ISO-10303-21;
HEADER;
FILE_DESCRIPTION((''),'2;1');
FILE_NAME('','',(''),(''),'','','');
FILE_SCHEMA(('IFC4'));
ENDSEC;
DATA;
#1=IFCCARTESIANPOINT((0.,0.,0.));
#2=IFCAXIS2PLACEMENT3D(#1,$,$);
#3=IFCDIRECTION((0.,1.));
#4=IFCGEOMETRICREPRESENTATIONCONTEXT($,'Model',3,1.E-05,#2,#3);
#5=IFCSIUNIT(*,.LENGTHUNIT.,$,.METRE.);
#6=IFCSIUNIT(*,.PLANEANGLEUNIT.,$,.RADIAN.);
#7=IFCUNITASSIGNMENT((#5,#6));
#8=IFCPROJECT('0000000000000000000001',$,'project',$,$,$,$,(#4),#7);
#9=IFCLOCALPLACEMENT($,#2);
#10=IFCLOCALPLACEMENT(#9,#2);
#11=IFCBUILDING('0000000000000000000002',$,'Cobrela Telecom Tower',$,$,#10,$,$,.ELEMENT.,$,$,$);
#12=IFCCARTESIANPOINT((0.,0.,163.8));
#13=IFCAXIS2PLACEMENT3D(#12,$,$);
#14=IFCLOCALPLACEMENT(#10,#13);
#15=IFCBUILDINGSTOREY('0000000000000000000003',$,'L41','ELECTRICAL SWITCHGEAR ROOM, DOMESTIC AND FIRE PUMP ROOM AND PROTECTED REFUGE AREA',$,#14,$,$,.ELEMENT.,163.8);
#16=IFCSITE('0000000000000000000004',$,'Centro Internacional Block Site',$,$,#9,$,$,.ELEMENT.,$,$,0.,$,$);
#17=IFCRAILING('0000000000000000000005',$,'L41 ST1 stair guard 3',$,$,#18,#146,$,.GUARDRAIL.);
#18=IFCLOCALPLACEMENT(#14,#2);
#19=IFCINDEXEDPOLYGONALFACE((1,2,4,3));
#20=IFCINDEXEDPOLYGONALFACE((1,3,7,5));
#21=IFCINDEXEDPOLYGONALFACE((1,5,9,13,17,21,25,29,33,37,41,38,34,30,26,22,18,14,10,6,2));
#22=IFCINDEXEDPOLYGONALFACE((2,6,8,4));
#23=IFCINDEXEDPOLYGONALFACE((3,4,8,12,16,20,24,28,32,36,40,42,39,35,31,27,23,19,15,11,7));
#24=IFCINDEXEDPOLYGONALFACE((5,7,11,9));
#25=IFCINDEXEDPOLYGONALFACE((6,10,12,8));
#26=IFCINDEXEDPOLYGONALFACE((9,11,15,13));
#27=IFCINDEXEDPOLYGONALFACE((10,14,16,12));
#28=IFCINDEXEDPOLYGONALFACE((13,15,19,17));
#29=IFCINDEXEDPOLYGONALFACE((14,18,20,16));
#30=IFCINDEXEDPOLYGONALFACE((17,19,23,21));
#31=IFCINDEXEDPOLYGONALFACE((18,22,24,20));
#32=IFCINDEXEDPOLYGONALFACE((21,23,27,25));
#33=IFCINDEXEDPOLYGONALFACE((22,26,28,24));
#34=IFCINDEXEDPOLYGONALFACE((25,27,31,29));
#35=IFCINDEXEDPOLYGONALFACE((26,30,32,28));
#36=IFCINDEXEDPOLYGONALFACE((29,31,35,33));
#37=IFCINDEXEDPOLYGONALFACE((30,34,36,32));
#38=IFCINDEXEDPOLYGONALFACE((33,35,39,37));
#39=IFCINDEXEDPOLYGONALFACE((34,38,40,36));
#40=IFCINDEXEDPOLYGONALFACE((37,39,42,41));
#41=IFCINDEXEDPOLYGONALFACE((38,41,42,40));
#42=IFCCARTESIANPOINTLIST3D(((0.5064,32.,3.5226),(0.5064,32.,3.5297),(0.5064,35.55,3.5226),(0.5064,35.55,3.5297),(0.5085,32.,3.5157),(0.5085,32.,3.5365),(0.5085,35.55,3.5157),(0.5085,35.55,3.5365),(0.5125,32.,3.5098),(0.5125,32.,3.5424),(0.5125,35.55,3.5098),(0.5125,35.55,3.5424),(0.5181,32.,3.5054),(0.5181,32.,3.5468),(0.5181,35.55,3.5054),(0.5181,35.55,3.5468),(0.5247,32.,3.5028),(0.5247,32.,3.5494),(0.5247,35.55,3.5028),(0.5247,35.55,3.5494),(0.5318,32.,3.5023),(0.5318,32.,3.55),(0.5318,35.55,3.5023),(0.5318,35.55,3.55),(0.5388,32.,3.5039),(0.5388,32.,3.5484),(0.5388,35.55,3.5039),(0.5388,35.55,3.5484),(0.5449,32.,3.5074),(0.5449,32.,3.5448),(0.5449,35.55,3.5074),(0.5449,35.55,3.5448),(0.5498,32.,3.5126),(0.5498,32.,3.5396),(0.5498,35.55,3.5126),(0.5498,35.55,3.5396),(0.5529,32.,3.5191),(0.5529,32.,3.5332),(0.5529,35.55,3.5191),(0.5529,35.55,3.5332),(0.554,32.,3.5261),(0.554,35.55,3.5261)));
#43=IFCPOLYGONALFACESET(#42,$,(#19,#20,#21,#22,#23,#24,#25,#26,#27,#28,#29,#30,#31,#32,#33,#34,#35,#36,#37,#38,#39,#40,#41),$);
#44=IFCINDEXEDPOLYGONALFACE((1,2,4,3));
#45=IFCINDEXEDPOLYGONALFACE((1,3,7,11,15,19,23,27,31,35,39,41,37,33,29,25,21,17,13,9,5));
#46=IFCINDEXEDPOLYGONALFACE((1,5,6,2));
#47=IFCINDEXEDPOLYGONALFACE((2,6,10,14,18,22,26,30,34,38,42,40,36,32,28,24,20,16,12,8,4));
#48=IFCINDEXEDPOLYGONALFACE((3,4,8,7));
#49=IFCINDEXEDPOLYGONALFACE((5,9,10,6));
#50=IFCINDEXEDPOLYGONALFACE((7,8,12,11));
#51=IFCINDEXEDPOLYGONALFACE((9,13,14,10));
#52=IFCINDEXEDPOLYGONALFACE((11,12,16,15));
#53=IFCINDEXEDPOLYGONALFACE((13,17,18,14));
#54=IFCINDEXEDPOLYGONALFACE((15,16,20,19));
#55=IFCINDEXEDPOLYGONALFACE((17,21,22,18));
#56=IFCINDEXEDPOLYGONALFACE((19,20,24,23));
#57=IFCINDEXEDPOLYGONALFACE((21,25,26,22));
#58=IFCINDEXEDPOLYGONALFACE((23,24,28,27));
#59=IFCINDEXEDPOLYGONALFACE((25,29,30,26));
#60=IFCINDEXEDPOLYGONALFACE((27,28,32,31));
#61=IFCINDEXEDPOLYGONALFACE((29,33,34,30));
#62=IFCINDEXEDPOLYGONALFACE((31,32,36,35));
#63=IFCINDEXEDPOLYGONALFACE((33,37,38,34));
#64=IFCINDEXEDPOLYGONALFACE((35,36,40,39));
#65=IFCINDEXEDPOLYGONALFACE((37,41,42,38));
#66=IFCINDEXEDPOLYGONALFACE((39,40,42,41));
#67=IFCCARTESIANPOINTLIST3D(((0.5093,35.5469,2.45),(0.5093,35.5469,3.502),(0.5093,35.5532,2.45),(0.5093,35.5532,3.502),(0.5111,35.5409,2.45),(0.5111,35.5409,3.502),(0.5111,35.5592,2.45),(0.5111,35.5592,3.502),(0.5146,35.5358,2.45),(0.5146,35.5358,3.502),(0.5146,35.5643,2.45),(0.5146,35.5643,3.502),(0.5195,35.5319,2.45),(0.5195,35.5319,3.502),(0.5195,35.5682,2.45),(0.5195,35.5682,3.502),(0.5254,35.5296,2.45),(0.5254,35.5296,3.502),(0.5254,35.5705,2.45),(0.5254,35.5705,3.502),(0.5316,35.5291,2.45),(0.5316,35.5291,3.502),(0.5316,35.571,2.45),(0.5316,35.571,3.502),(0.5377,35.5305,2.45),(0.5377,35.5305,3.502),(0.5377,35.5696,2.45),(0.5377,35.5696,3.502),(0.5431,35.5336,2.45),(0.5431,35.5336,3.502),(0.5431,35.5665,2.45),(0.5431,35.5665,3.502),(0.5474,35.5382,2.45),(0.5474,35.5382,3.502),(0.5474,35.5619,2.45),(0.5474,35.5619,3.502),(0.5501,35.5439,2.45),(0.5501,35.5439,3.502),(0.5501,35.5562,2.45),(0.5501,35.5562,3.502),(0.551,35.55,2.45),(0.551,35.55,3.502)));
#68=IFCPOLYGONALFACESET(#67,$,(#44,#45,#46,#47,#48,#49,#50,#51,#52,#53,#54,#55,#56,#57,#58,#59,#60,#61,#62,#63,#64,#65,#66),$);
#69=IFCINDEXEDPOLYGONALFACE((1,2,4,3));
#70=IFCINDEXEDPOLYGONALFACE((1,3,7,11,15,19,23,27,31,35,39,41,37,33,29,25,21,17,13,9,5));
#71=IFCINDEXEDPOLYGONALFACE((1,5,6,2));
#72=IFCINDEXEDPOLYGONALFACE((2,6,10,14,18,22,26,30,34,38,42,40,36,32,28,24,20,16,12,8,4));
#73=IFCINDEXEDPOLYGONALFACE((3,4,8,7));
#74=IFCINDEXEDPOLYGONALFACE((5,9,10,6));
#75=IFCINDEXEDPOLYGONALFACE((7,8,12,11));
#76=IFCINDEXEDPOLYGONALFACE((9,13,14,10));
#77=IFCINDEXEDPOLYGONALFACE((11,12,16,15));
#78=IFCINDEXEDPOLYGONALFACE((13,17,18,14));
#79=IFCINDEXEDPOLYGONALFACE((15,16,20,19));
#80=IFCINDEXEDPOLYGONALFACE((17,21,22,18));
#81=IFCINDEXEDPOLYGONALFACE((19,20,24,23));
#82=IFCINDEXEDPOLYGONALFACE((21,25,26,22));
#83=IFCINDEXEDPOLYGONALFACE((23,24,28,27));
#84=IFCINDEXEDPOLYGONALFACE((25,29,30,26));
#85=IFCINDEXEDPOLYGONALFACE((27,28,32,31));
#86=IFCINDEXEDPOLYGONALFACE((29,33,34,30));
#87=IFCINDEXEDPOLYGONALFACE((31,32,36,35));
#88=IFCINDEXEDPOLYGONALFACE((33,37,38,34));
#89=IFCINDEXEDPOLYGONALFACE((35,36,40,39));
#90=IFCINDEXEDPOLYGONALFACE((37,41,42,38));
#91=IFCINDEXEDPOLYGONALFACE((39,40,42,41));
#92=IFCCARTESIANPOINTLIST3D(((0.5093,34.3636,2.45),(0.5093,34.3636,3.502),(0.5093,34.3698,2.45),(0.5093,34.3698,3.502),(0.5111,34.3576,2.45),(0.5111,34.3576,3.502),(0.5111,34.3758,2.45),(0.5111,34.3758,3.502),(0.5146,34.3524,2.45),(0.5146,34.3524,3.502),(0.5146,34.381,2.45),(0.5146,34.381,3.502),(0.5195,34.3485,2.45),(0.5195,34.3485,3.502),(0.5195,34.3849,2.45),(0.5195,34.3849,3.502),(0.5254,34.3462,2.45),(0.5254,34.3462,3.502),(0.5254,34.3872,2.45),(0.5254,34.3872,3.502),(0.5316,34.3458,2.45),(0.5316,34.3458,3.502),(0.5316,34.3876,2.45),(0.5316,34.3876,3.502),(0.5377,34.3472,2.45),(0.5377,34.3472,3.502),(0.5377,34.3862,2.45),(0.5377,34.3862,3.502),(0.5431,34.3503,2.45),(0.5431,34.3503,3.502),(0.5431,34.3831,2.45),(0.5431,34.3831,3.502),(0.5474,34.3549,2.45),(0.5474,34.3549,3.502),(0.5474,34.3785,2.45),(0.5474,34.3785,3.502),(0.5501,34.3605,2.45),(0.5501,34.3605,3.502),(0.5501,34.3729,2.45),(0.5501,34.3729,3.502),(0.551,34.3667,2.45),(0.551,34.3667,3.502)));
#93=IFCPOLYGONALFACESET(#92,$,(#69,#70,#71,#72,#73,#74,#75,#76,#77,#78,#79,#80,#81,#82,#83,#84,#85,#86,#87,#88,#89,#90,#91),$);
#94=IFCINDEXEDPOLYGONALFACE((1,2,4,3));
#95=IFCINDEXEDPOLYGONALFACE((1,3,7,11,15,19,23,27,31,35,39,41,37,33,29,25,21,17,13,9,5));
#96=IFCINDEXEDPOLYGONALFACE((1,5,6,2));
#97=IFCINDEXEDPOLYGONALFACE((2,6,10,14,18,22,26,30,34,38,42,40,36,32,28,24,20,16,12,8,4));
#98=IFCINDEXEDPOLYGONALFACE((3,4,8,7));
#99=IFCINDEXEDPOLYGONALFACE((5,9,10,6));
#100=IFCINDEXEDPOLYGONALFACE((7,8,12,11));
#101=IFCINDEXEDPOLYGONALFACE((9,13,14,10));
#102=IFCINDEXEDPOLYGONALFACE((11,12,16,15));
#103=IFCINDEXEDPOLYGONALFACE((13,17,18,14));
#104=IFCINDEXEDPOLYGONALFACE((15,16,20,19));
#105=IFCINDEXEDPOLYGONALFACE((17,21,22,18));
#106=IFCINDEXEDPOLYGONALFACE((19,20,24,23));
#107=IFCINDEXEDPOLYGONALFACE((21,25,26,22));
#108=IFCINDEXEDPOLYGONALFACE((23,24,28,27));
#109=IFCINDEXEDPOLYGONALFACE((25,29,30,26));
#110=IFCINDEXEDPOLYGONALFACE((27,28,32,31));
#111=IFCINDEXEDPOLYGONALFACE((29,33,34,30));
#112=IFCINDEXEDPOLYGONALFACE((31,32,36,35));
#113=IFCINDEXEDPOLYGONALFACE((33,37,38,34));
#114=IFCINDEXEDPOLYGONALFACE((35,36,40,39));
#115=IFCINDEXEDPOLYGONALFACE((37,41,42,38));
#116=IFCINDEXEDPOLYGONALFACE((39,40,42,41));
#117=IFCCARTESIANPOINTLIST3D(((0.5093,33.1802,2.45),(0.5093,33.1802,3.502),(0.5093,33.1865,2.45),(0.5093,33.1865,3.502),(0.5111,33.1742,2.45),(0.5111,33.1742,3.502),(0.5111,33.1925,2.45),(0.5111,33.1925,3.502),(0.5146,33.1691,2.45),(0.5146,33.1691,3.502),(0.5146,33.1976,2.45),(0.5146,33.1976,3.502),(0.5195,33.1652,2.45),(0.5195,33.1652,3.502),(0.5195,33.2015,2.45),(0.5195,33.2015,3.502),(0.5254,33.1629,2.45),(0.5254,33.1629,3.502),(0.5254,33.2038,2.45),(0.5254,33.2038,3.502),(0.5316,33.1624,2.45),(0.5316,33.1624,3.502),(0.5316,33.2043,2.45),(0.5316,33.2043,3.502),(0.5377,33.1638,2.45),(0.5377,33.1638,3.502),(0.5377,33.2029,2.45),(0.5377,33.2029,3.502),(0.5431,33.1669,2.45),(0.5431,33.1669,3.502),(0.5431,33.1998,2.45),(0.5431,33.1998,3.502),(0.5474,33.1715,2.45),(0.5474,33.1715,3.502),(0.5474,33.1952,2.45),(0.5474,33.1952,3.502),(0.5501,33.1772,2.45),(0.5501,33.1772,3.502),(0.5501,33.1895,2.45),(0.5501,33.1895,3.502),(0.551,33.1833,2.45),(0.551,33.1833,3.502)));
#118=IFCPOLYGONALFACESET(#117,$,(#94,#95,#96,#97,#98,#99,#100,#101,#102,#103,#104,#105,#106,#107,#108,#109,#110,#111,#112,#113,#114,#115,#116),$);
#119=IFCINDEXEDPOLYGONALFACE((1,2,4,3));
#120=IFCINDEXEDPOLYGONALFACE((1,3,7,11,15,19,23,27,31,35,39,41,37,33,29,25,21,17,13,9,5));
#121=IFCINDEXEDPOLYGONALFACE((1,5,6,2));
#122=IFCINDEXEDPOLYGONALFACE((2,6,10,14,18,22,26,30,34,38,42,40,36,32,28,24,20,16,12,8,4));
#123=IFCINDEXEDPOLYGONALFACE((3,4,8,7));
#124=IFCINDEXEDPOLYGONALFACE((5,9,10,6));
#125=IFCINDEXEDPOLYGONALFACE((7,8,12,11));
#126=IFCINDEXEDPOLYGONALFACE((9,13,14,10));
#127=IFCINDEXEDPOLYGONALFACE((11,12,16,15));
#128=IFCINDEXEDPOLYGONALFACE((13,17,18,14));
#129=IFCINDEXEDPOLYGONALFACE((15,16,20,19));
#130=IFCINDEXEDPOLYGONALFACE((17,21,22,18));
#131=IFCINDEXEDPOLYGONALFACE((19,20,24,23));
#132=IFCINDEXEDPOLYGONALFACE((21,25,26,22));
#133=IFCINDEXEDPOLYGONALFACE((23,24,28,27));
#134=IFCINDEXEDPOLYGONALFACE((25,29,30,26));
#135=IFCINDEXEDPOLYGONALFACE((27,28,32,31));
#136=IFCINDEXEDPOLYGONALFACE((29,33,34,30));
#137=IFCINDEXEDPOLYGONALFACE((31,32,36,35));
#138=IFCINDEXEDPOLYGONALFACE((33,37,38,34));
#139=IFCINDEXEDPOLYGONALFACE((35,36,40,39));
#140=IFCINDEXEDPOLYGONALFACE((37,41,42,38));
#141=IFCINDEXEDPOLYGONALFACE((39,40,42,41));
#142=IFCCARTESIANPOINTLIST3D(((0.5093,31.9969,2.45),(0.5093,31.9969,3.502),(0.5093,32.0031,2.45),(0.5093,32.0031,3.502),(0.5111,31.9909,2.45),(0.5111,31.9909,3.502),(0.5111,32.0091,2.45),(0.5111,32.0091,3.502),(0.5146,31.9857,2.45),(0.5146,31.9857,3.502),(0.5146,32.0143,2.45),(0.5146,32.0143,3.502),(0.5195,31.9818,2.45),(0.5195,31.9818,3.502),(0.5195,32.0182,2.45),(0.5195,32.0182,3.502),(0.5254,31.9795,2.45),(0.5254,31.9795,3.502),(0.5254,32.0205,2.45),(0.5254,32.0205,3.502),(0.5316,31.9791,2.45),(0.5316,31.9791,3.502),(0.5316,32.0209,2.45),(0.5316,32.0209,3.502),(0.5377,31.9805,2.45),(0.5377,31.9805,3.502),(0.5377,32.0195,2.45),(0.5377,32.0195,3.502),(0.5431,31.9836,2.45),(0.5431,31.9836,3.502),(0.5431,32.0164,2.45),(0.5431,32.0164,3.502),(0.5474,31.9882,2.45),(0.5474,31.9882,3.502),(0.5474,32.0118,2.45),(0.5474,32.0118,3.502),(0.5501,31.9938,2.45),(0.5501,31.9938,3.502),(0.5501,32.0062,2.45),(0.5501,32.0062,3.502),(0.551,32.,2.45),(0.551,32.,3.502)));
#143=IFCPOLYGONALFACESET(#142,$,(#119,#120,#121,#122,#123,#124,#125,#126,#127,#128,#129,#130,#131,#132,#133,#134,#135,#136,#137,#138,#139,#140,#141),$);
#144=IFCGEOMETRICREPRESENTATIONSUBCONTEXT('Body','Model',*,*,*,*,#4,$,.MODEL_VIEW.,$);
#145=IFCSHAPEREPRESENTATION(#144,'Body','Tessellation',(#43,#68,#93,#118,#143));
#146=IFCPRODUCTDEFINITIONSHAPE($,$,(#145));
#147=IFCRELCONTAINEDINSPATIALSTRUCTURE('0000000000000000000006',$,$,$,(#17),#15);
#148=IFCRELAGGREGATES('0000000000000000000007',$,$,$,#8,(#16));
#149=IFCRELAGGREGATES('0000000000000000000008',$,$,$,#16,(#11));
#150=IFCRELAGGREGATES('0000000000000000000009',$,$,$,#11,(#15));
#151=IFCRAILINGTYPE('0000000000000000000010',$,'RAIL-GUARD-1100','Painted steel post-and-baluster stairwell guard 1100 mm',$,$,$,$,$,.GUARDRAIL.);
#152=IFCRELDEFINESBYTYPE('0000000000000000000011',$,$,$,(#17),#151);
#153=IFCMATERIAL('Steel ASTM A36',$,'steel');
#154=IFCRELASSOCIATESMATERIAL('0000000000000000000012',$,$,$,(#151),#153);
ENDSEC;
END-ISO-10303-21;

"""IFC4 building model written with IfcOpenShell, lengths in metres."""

from ifc_helpers import new_model, si_unit, direction, frame, origin, origin_2d, place, context, subcontext, project, spatial, circle, extrude, material, type_object, element, save


model = new_model("IFC4")

# Units and contexts
model_context = context("Model", 3, precision=1e-05, world=origin(), true_north=direction((0.0, 1.0)))
body_context = subcontext(model_context, "Body", "Model", "MODEL_VIEW")
ifc_project = project(units=[si_unit("LENGTHUNIT", "METRE"), si_unit("PLANEANGLEUNIT", "RADIAN")], contexts=[model_context])

# Site, building, storey
site_placement = place(None, origin())
site = spatial("IfcSite", under=ifc_project, at=site_placement, Name="Centro Internacional Block Site", CompositionType="ELEMENT", RefElevation=0.0)
building_placement = place(site_placement, origin())
building = spatial("IfcBuilding", under=site, at=building_placement, Name="Cobrela Telecom Tower", CompositionType="ELEMENT")
storey_placement = place(building_placement, frame((0.0, 0.0, 163.8)))
storey = spatial("IfcBuildingStorey", under=building, at=storey_placement, Name="L41", Description="ELECTRICAL SWITCHGEAR ROOM, DOMESTIC AND FIRE PUMP ROOM AND PROTECTED REFUGE AREA", CompositionType="ELEMENT", Elevation=163.8)

# Railing
ifc_material_1 = material(Name="Steel ASTM A36", Category="steel")
railing_type_1 = type_object("IfcRailingType", Name="RAIL-GUARD-1100", Description="Painted steel post-and-baluster stairwell guard 1100 mm", PredefinedType="GUARDRAIL", material=ifc_material_1)
railing_1_placement = place(storey_placement, frame((0.53, 35.55, 2.45)))
element("IfcRailing", 1, at=railing_1_placement, inside=storey, type_object=railing_type_1, Name="L41 ST1 stair guard 3", PredefinedType="GUARDRAIL", context=body_context, shape_type="SweptSolid", body=[
    extrude(circle(Radius=0.0239, at=origin_2d()), frame((0.0, 0.0, 1.0762), z_axis=(0.0, -1.0, 0.0), x_axis=(1.0, 0.0, 0.0)), (0.0, 0.0, 1.0), 3.55),
    extrude(circle(Radius=0.021, at=origin_2d()), origin(), (0.0, 0.0, 1.0), 1.052),
    extrude(circle(Radius=0.021, at=origin_2d()), frame((0.0, -1.1833, 0.0)), (0.0, 0.0, 1.0), 1.052),
    extrude(circle(Radius=0.021, at=origin_2d()), frame((0.0, -2.3667, 0.0)), (0.0, 0.0, 1.0), 1.052),
    extrude(circle(Radius=0.021, at=origin_2d()), frame((0.0, -3.55, 0.0)), (0.0, 0.0, 1.0), 1.052),
])

save(model, "model.ifc")
